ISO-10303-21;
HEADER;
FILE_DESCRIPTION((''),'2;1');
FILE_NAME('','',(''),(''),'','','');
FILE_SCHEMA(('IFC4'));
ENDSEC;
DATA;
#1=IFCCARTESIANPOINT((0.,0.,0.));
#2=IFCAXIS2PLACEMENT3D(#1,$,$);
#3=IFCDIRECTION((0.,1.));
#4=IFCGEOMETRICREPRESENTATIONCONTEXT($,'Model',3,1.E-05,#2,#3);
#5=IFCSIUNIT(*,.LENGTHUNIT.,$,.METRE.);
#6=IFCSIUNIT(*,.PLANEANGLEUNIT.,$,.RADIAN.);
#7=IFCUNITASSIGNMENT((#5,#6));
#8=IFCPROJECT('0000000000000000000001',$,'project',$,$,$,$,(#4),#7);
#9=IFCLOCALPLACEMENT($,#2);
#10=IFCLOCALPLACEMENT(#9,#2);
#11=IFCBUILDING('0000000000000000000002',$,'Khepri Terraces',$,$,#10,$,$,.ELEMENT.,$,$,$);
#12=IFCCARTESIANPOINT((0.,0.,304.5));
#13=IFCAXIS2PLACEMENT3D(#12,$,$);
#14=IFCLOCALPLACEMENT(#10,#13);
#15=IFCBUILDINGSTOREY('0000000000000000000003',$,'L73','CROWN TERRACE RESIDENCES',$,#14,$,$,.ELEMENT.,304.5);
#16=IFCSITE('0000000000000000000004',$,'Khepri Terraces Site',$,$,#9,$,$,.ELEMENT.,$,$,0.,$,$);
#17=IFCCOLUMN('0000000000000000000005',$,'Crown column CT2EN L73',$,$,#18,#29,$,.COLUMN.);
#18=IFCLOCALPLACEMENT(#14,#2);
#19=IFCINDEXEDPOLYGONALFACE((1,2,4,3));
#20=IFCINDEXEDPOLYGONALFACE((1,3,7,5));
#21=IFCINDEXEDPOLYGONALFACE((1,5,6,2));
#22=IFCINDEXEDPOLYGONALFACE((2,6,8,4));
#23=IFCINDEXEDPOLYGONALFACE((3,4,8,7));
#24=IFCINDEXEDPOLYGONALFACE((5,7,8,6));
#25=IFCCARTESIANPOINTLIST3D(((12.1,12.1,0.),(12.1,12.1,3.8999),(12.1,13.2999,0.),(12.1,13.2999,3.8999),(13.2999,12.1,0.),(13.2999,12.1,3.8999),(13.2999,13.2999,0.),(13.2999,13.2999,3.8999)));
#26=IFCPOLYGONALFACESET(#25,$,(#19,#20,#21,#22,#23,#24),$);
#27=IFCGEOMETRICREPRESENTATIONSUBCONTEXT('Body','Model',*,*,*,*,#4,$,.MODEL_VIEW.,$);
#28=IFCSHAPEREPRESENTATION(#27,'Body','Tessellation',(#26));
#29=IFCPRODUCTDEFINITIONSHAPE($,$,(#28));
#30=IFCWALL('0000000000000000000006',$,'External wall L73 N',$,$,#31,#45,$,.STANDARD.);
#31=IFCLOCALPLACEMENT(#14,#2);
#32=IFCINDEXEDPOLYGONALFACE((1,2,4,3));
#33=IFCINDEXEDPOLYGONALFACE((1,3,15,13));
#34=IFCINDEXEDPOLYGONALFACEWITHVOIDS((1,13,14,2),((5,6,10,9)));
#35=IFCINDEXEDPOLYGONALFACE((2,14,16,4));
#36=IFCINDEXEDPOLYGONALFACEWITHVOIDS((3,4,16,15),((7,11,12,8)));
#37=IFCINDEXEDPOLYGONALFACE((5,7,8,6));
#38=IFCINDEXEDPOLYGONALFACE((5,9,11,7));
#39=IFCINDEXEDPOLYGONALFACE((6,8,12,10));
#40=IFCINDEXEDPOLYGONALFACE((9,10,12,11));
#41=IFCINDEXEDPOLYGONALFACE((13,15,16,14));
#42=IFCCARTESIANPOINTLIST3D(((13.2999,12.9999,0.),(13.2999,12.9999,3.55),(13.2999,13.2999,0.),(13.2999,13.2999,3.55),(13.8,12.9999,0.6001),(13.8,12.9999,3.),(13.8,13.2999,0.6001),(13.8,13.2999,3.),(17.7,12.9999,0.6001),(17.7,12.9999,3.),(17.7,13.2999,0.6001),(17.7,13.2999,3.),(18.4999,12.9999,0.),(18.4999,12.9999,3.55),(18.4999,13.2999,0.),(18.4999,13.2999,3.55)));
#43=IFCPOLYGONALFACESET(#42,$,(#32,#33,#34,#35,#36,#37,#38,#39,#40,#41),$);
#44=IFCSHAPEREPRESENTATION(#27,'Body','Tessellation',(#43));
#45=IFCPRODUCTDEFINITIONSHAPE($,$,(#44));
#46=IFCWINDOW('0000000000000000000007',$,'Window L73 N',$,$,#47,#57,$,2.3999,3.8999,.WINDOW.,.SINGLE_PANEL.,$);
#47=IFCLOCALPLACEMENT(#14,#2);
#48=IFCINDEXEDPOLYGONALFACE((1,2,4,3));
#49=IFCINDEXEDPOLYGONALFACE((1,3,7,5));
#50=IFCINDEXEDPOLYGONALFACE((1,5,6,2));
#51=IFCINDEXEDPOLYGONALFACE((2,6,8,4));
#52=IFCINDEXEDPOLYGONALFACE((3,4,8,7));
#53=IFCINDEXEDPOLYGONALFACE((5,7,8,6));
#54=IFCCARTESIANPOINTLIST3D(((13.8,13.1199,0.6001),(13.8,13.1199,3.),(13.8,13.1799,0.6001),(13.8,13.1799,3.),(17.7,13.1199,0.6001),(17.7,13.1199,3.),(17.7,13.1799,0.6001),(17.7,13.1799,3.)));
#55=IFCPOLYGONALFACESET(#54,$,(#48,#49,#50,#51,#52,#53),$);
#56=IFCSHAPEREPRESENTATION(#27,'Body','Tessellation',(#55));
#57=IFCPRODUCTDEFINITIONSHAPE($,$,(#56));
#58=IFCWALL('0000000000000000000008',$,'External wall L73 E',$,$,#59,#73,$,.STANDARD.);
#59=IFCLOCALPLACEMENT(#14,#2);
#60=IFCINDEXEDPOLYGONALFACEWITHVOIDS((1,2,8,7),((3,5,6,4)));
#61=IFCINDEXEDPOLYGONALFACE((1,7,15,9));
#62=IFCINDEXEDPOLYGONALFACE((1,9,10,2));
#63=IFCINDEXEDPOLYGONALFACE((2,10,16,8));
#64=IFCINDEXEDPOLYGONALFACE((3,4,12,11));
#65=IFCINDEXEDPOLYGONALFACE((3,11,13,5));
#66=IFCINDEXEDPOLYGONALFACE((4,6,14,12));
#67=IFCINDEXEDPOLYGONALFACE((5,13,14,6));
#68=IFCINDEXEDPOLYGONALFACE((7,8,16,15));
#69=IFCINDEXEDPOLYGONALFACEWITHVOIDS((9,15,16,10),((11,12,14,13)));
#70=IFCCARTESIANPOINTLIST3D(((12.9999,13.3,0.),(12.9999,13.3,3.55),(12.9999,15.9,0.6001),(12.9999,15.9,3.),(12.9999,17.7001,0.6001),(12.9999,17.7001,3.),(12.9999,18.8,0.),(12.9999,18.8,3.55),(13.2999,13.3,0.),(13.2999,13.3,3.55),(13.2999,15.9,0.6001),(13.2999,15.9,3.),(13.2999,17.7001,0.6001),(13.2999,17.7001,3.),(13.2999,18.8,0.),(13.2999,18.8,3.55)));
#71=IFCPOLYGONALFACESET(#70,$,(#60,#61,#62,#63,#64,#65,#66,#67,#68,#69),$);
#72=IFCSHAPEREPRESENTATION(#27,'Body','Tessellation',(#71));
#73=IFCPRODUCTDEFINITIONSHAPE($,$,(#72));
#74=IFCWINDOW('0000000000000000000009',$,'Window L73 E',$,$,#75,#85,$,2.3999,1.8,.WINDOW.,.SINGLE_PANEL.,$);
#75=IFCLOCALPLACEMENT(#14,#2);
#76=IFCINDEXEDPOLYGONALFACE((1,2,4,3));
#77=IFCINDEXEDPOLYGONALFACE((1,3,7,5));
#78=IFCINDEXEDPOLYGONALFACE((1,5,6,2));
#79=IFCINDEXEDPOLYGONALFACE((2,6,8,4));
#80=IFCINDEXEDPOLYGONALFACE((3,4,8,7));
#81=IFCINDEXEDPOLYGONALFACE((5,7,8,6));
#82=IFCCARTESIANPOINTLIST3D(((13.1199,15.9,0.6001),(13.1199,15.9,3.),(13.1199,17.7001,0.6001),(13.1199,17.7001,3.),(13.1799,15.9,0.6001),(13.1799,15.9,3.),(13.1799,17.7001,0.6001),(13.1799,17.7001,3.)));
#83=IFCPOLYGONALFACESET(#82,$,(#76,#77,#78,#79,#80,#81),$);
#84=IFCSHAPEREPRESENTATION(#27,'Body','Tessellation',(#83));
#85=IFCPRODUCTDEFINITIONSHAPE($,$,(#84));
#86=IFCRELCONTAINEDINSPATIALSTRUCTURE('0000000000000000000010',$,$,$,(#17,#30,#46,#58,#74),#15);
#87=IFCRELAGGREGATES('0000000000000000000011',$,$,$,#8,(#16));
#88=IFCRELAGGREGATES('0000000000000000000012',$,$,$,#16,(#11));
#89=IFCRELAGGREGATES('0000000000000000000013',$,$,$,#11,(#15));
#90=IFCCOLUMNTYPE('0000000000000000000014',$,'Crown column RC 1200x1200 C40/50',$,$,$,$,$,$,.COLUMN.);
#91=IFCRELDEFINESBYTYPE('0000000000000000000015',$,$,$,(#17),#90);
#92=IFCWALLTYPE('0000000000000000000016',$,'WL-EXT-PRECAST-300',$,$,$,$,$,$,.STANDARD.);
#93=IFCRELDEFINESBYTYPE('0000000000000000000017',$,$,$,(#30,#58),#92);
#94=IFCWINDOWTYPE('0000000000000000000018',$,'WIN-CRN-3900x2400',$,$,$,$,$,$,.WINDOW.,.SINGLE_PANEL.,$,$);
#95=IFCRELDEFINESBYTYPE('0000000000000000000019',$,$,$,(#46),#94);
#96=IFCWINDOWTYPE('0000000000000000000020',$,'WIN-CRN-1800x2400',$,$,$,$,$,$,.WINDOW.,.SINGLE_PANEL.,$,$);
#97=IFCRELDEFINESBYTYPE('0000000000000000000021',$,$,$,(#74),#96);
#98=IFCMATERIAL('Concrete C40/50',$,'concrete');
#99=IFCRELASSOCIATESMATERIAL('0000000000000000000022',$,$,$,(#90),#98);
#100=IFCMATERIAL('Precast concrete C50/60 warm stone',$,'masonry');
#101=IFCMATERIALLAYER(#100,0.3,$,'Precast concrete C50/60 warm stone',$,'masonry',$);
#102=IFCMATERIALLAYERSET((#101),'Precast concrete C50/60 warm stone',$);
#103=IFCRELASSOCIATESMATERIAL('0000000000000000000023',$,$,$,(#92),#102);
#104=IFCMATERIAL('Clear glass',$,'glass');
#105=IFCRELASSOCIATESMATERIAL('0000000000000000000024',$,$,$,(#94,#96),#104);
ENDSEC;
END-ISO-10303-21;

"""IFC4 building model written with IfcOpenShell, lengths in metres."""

from ifc_helpers import new_model, si_unit, direction, frame, frame_2d, origin, origin_2d, place, context, subcontext, project, spatial, rectangle, extrude, material, layer, layer_set, material_profile, profile_set, type_object, element, fill, save


model = new_model("IFC4")

# Units and contexts
model_context = context("Model", 3, precision=1e-05, world=origin(), true_north=direction((0.0, 1.0)))
body_context = subcontext(model_context, "Body", "Model", "MODEL_VIEW")
ifc_project = project(units=[si_unit("LENGTHUNIT", "METRE"), si_unit("PLANEANGLEUNIT", "RADIAN")], contexts=[model_context])

# Site, building, storey
site_placement = place(None, origin())
site = spatial("IfcSite", under=ifc_project, at=site_placement, Name="Khepri Terraces Site", CompositionType="ELEMENT", RefElevation=0.0)
building_placement = place(site_placement, origin())
building = spatial("IfcBuilding", under=site, at=building_placement, Name="Khepri Terraces", CompositionType="ELEMENT")
storey_placement = place(building_placement, frame((0.0, 0.0, 304.5)))
storey = spatial("IfcBuildingStorey", under=building, at=storey_placement, Name="L73", Description="CROWN TERRACE RESIDENCES", CompositionType="ELEMENT", Elevation=304.5)

# Column
ifc_material_1 = material(Name="Concrete C40/50", Category="concrete")
ifc_material_profile = material_profile(ifc_material_1, rectangle(XDim=1.2, YDim=1.2, at=origin_2d()), Name="Concrete C40/50", Category="concrete")
ifc_profile_set = profile_set([ifc_material_profile], Name="Concrete C40/50")
column_type = type_object("IfcColumnType", Name="Crown column RC 1200x1200 C40/50", PredefinedType="COLUMN", material=ifc_profile_set)
column_placement = place(storey_placement, frame((12.7, 12.7, 0.0), z_axis=(0.0, 0.0, 1.0), x_axis=(1.0, 0.0, 0.0)))
element("IfcColumn", 1, at=column_placement, inside=storey, type_object=column_type, Name="Crown column CT2EN L73", PredefinedType="COLUMN", context=body_context, shape_type="SweptSolid", body=[
    extrude(rectangle(XDim=1.2, YDim=1.2, at=origin_2d()), origin(), (0.0, 0.0, 1.0), 3.8999),
])

# Walls, openings, windows
ifc_material_2 = material(Name="Precast concrete C50/60 warm stone", Category="masonry")
ifc_layer_1 = layer(ifc_material_2, 0.3, Name="Precast concrete C50/60 warm stone", Category="masonry")
ifc_layer_set_1 = layer_set([ifc_layer_1], Name="Precast concrete C50/60 warm stone")
wall_type_1 = type_object("IfcWallType", Name="WL-EXT-PRECAST-300", PredefinedType="STANDARD", material=ifc_layer_set_1)
wall_1_placement = place(storey_placement, frame((18.5, 13.1499, 0.0), z_axis=(0.0, 0.0, 1.0), x_axis=(-1.0, 0.0, 0.0)))
wall_1 = element("IfcWall", 2, at=wall_1_placement, inside=storey, type_object=wall_type_1, Name="External wall L73 N", PredefinedType="STANDARD", context=body_context, shape_type="SweptSolid", body=[
    extrude(rectangle(XDim=5.2, YDim=0.3, at=frame_2d((2.6001, 0.0))), origin(), (0.0, 0.0, 1.0), 3.55),
])
opening_1_placement = place(wall_1_placement, frame((0.8, 0.0, 0.6001)))
opening_1 = element("IfcOpeningElement", 3, at=opening_1_placement, cuts=wall_1, PredefinedType="OPENING", context=body_context, shape_type="SweptSolid", body=[
    extrude(rectangle(XDim=3.8999, YDim=2.3999, at=frame_2d((1.95, 1.2))), frame((0.0, 0.1602, 0.0), z_axis=(0.0, -1.0, 0.0), x_axis=(1.0, 0.0, 0.0)), (0.0, 0.0, 1.0), 0.3201),
])
ifc_material_3 = material(Name="Clear glass", Category="glass")
window_type_1 = type_object("IfcWindowType", Name="WIN-CRN-3900x2400", PartitioningType="SINGLE_PANEL", PredefinedType="WINDOW", material=ifc_material_3)
window_1_placement = place(opening_1_placement, origin())
window_1 = element("IfcWindow", 4, at=window_1_placement, inside=storey, type_object=window_type_1, Name="Window L73 N", OverallHeight=2.3999, OverallWidth=3.8999, PartitioningType="SINGLE_PANEL", PredefinedType="WINDOW", context=body_context, shape_type="SweptSolid", body=[
    extrude(rectangle(XDim=3.8999, YDim=2.3999, at=frame_2d((1.95, 1.2))), frame((0.0, 0.03, 0.0), z_axis=(0.0, -1.0, 0.0), x_axis=(1.0, 0.0, 0.0)), (0.0, 0.0, 1.0), 0.0601),
])
fill(opening_1, window_1)
wall_2_placement = place(storey_placement, frame((13.1499, 13.3, 0.0), z_axis=(0.0, 0.0, 1.0), x_axis=(0.0, 1.0, 0.0)))
wall_2 = element("IfcWall", 5, at=wall_2_placement, inside=storey, type_object=wall_type_1, Name="External wall L73 E", PredefinedType="STANDARD", context=body_context, shape_type="SweptSolid", body=[
    extrude(rectangle(XDim=5.5, YDim=0.3, at=frame_2d((2.75, 0.0))), origin(), (0.0, 0.0, 1.0), 3.55),
])
opening_2_placement = place(wall_2_placement, frame((2.6001, 0.0, 0.6001)))
opening_2 = element("IfcOpeningElement", 6, at=opening_2_placement, cuts=wall_2, PredefinedType="OPENING", context=body_context, shape_type="SweptSolid", body=[
    extrude(rectangle(XDim=1.8, YDim=2.3999, at=frame_2d((0.8999, 1.2))), frame((0.0, 0.1602, 0.0), z_axis=(0.0, -1.0, 0.0), x_axis=(1.0, 0.0, 0.0)), (0.0, 0.0, 1.0), 0.3201),
])
window_type_2 = type_object("IfcWindowType", Name="WIN-CRN-1800x2400", PartitioningType="SINGLE_PANEL", PredefinedType="WINDOW", material=ifc_material_3)
window_2_placement = place(opening_2_placement, origin())
window_2 = element("IfcWindow", 7, at=window_2_placement, inside=storey, type_object=window_type_2, Name="Window L73 E", OverallHeight=2.3999, OverallWidth=1.8, PartitioningType="SINGLE_PANEL", PredefinedType="WINDOW", context=body_context, shape_type="SweptSolid", body=[
    extrude(rectangle(XDim=1.8, YDim=2.3999, at=frame_2d((0.8999, 1.2))), frame((0.0, 0.03, 0.0), z_axis=(0.0, -1.0, 0.0), x_axis=(1.0, 0.0, 0.0)), (0.0, 0.0, 1.0), 0.0601),
])
fill(opening_2, window_2)

save(model, "model.ifc")
